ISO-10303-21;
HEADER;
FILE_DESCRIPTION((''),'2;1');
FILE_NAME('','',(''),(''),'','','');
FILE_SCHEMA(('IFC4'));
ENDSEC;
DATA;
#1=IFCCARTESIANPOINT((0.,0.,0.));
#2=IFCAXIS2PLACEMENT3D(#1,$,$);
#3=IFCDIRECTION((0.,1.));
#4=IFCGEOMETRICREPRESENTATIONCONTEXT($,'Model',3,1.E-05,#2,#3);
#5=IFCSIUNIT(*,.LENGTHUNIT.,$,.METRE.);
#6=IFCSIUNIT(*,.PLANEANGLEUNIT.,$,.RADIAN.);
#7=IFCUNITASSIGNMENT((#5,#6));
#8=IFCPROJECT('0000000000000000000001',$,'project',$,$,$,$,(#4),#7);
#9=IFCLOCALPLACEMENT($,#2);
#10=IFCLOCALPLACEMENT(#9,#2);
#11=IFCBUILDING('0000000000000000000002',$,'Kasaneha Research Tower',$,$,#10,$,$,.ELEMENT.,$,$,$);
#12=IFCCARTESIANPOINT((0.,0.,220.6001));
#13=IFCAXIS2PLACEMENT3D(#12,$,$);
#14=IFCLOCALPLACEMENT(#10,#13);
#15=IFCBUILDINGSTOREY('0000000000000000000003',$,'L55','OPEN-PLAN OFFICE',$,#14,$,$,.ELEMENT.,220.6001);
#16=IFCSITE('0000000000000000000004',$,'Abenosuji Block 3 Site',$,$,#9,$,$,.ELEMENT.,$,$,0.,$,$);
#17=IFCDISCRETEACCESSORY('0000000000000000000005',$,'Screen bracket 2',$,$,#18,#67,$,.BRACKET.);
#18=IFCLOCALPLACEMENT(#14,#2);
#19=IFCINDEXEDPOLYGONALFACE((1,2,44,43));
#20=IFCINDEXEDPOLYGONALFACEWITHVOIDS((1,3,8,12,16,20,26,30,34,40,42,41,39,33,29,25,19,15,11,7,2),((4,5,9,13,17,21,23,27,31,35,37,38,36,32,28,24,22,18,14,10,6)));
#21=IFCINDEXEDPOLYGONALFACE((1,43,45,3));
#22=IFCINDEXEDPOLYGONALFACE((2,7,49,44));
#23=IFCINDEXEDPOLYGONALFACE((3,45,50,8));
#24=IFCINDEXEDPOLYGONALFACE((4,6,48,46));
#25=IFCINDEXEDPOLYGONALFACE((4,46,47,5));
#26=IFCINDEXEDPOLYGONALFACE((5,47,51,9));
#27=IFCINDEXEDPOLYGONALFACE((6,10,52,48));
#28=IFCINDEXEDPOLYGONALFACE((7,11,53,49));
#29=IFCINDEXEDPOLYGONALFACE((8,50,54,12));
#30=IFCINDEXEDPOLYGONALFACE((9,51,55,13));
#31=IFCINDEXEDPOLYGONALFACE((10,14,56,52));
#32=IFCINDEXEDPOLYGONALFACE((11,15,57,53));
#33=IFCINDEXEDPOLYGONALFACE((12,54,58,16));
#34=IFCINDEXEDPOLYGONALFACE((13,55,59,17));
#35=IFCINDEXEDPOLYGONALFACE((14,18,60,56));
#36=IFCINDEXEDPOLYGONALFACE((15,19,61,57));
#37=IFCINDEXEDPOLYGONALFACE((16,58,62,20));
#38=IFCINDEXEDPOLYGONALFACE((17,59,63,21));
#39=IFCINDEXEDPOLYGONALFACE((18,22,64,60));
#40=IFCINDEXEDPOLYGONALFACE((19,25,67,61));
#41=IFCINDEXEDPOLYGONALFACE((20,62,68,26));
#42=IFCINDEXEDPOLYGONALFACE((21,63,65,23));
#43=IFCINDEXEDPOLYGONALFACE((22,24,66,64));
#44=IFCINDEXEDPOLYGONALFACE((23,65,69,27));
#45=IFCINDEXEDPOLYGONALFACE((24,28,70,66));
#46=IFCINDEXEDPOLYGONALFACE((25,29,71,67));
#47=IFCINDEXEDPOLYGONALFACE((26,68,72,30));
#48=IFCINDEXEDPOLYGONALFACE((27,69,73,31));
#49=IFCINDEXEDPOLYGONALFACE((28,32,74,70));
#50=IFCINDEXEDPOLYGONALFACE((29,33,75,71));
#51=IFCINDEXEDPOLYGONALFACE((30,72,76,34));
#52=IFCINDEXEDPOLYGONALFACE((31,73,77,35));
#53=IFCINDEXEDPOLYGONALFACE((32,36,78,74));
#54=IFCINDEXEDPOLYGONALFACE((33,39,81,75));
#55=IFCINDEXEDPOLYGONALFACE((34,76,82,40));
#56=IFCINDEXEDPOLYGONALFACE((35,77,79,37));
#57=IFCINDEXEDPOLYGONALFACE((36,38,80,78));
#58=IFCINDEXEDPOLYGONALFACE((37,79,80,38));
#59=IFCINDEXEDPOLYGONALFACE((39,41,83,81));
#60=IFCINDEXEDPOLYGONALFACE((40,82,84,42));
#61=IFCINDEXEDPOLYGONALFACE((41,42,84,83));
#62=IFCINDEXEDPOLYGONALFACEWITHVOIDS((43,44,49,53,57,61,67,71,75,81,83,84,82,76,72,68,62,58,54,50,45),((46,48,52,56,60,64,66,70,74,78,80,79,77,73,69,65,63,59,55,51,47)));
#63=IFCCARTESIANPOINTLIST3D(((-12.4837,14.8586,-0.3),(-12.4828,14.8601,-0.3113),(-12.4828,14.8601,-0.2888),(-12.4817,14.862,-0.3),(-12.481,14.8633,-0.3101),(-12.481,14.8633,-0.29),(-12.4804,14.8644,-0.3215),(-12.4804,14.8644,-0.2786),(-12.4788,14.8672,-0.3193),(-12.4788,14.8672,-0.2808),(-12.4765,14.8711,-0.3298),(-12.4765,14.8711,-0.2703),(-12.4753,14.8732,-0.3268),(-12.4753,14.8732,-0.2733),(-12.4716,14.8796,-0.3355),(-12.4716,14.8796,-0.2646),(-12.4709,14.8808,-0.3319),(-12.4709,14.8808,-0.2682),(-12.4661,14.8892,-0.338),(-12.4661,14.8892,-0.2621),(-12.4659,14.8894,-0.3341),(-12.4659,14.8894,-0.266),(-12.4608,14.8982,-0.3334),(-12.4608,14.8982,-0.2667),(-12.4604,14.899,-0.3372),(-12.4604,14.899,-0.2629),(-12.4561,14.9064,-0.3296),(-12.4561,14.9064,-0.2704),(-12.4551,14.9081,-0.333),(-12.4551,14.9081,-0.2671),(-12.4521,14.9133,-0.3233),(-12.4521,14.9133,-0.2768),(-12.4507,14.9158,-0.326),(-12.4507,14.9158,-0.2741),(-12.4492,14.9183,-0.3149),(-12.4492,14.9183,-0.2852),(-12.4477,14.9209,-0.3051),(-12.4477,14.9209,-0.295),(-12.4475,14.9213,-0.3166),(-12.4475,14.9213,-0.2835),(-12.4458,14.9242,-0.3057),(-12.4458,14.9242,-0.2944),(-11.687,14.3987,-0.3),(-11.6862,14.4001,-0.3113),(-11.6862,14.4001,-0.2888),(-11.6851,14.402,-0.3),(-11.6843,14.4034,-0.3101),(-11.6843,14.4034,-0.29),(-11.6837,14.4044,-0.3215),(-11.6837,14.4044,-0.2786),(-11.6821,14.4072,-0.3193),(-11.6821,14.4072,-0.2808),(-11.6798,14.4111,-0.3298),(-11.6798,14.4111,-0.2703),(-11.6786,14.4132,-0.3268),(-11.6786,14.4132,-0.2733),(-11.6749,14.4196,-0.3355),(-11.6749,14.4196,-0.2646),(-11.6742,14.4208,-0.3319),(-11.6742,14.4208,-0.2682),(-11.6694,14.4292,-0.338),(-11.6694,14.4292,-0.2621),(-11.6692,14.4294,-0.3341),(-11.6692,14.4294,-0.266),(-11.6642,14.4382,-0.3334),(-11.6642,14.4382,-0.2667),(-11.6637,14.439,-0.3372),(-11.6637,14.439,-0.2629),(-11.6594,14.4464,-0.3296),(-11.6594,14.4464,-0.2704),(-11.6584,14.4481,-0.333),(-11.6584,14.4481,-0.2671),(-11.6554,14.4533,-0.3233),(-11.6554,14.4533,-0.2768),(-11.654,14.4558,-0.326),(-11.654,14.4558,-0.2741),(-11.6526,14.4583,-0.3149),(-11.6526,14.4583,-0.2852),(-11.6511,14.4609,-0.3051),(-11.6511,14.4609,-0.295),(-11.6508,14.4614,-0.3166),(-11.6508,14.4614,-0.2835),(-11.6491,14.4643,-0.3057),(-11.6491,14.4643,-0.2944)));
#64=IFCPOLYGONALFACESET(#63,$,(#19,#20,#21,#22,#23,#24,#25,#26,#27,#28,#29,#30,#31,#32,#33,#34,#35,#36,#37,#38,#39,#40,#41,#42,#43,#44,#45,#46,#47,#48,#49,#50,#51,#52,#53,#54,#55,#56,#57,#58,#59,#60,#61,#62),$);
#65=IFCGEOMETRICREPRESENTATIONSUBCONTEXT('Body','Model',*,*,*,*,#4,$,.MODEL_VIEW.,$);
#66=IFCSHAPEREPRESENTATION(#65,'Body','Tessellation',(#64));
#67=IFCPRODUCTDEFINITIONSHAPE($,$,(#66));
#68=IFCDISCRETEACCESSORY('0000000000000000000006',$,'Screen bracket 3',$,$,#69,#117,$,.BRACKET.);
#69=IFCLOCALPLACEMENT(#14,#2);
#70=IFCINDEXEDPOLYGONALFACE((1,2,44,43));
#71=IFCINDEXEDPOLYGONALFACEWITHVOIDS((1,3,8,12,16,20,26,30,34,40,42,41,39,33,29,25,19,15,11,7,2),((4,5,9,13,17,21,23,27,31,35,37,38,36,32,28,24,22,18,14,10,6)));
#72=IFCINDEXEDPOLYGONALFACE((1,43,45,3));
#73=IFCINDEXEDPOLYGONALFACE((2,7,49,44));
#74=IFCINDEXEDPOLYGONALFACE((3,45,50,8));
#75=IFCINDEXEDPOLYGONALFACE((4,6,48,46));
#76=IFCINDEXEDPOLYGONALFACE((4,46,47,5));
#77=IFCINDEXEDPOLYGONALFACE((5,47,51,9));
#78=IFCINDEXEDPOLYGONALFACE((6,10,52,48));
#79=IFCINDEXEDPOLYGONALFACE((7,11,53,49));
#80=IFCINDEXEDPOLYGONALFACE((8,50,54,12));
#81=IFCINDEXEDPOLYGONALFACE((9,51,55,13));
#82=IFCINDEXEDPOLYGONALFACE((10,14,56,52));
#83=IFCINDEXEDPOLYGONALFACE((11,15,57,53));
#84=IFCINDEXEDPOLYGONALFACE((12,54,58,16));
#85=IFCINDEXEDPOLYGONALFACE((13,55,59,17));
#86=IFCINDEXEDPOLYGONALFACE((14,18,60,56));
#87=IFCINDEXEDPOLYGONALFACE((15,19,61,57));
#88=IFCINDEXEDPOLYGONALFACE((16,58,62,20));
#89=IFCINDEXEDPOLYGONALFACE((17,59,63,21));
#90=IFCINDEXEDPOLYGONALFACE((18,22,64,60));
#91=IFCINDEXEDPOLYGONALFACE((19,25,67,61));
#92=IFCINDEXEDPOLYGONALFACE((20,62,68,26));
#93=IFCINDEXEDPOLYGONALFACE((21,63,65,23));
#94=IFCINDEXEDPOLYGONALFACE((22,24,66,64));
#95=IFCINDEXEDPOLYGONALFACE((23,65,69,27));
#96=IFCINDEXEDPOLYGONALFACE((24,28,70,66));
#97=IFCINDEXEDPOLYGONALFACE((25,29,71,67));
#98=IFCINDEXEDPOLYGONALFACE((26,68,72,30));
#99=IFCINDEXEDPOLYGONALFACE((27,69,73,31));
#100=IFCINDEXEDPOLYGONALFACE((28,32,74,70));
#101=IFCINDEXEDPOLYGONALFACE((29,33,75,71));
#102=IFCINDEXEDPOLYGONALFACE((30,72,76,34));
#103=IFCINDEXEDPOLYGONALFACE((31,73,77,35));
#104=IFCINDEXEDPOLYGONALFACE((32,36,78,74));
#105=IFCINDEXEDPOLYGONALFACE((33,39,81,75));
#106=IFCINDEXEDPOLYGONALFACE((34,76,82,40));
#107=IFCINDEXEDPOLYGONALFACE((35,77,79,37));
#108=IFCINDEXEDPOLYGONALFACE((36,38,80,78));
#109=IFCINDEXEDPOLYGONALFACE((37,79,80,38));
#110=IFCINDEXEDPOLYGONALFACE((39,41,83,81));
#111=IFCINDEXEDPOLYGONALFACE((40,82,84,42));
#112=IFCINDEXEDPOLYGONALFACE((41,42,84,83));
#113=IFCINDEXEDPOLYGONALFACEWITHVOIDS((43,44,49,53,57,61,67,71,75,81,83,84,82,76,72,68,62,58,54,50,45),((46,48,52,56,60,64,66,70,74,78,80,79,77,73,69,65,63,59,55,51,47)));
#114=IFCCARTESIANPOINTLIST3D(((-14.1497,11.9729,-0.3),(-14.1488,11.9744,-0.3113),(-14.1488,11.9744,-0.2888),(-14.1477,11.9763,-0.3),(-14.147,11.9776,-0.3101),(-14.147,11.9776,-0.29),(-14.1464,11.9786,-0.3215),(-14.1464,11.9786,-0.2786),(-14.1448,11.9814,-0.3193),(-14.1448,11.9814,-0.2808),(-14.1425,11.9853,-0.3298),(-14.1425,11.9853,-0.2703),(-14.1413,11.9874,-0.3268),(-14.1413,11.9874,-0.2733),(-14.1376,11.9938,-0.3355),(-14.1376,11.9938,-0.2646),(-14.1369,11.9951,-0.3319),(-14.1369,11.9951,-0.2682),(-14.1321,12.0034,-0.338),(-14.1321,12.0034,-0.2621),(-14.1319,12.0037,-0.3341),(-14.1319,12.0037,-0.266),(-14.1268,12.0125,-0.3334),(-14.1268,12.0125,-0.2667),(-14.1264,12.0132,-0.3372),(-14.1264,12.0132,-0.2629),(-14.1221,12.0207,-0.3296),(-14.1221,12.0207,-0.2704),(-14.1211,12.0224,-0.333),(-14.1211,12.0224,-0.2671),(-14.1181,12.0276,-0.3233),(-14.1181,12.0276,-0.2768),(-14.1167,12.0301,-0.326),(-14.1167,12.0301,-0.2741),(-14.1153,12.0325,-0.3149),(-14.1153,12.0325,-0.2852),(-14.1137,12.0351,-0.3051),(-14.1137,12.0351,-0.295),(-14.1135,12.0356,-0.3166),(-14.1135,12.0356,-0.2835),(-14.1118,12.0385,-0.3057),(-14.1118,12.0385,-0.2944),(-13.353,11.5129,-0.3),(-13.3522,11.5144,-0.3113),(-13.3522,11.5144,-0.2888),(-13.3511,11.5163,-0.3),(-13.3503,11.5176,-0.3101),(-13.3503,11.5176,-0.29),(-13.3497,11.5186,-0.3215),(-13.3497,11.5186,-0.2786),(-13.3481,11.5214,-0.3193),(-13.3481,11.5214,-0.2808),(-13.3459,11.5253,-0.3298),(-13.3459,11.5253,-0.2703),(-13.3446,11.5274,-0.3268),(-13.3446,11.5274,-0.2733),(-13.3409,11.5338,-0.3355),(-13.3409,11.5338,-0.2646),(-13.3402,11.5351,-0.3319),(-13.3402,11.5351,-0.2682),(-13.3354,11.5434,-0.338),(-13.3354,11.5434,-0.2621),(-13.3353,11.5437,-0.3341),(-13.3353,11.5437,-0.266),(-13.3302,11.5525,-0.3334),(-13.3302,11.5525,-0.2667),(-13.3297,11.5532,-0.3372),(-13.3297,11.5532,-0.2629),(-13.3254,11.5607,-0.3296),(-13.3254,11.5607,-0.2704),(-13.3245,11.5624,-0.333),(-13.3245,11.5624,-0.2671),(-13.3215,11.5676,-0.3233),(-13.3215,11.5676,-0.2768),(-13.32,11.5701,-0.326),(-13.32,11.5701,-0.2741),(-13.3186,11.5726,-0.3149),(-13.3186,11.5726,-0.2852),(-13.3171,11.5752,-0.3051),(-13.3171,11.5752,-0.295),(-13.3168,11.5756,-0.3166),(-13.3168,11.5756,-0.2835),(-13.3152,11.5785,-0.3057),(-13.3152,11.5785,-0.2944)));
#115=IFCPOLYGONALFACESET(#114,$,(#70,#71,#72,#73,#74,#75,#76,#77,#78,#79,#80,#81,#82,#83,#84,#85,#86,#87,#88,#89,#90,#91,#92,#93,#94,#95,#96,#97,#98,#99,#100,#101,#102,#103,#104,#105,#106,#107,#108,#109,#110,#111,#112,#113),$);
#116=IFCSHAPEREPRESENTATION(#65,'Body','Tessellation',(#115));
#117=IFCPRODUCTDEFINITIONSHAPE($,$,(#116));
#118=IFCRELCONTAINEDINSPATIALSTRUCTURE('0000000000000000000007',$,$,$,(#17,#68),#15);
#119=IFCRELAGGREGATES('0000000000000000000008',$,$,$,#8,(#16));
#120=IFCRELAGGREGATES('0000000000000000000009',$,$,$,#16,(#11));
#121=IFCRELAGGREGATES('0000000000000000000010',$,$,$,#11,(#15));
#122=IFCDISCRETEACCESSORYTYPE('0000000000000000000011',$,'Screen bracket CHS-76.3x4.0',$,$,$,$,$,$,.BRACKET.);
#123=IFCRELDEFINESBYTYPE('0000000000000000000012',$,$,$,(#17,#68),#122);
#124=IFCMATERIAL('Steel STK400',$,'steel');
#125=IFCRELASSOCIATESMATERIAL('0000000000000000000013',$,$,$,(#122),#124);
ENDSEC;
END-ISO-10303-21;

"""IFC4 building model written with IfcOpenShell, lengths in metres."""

from ifc_helpers import new_model, si_unit, direction, frame, origin, origin_2d, place, context, subcontext, project, spatial, hollow_circle, extrude, material, material_profile, profile_set, type_object, element, save


model = new_model("IFC4")

# Units and contexts
model_context = context("Model", 3, precision=1e-05, world=origin(), true_north=direction((0.0, 1.0)))
body_context = subcontext(model_context, "Body", "Model", "MODEL_VIEW")
ifc_project = project(units=[si_unit("LENGTHUNIT", "METRE"), si_unit("PLANEANGLEUNIT", "RADIAN")], contexts=[model_context])

# Site, building, storey
site_placement = place(None, origin())
site = spatial("IfcSite", under=ifc_project, at=site_placement, Name="Abenosuji Block 3 Site", CompositionType="ELEMENT", RefElevation=0.0)
building_placement = place(site_placement, origin())
building = spatial("IfcBuilding", under=site, at=building_placement, Name="Kasaneha Research Tower", CompositionType="ELEMENT")
storey_placement = place(building_placement, frame((0.0, 0.0, 220.6001)))
storey = spatial("IfcBuildingStorey", under=building, at=storey_placement, Name="L55", Description="OPEN-PLAN OFFICE", CompositionType="ELEMENT", Elevation=220.6001)

# Discrete accessories
ifc_material_1 = material(Name="Steel STK400", Category="steel")
ifc_material_profile_1 = material_profile(ifc_material_1, hollow_circle(Radius=0.0381, WallThickness=0.0039, at=origin_2d()), Name="CHS-76.3x4.0")
ifc_profile_set_1 = profile_set([ifc_material_profile_1], Name="Steel STK400")
discrete_accessory_type = type_object("IfcDiscreteAccessoryType", Name="Screen bracket CHS-76.3x4.0", PredefinedType="BRACKET", material=ifc_profile_set_1)
for number, where, z_axis, x_axis, name in (
    (1, (-11.668, 14.4316, -0.3), (-0.866013, 0.500021, 0.0), (-0.500021, -0.866013, 0.0), "Screen bracket 2"),
    (2, (-13.334, 11.5459, -0.3), (-0.866013, 0.500021, 0.0), (-0.500021, -0.866013, 0.0), "Screen bracket 3"),
):
    element("IfcDiscreteAccessory", number, at=place(storey_placement, frame(where, z_axis=z_axis, x_axis=x_axis)), inside=storey, type_object=discrete_accessory_type, Name=name, PredefinedType="BRACKET", context=body_context, shape_type="SweptSolid", body=[
        extrude(hollow_circle(Radius=0.0381, WallThickness=0.0039, at=origin_2d()), origin(), (0.0, 0.0, 1.0), 0.9199),
    ])

save(model, "model.ifc")
